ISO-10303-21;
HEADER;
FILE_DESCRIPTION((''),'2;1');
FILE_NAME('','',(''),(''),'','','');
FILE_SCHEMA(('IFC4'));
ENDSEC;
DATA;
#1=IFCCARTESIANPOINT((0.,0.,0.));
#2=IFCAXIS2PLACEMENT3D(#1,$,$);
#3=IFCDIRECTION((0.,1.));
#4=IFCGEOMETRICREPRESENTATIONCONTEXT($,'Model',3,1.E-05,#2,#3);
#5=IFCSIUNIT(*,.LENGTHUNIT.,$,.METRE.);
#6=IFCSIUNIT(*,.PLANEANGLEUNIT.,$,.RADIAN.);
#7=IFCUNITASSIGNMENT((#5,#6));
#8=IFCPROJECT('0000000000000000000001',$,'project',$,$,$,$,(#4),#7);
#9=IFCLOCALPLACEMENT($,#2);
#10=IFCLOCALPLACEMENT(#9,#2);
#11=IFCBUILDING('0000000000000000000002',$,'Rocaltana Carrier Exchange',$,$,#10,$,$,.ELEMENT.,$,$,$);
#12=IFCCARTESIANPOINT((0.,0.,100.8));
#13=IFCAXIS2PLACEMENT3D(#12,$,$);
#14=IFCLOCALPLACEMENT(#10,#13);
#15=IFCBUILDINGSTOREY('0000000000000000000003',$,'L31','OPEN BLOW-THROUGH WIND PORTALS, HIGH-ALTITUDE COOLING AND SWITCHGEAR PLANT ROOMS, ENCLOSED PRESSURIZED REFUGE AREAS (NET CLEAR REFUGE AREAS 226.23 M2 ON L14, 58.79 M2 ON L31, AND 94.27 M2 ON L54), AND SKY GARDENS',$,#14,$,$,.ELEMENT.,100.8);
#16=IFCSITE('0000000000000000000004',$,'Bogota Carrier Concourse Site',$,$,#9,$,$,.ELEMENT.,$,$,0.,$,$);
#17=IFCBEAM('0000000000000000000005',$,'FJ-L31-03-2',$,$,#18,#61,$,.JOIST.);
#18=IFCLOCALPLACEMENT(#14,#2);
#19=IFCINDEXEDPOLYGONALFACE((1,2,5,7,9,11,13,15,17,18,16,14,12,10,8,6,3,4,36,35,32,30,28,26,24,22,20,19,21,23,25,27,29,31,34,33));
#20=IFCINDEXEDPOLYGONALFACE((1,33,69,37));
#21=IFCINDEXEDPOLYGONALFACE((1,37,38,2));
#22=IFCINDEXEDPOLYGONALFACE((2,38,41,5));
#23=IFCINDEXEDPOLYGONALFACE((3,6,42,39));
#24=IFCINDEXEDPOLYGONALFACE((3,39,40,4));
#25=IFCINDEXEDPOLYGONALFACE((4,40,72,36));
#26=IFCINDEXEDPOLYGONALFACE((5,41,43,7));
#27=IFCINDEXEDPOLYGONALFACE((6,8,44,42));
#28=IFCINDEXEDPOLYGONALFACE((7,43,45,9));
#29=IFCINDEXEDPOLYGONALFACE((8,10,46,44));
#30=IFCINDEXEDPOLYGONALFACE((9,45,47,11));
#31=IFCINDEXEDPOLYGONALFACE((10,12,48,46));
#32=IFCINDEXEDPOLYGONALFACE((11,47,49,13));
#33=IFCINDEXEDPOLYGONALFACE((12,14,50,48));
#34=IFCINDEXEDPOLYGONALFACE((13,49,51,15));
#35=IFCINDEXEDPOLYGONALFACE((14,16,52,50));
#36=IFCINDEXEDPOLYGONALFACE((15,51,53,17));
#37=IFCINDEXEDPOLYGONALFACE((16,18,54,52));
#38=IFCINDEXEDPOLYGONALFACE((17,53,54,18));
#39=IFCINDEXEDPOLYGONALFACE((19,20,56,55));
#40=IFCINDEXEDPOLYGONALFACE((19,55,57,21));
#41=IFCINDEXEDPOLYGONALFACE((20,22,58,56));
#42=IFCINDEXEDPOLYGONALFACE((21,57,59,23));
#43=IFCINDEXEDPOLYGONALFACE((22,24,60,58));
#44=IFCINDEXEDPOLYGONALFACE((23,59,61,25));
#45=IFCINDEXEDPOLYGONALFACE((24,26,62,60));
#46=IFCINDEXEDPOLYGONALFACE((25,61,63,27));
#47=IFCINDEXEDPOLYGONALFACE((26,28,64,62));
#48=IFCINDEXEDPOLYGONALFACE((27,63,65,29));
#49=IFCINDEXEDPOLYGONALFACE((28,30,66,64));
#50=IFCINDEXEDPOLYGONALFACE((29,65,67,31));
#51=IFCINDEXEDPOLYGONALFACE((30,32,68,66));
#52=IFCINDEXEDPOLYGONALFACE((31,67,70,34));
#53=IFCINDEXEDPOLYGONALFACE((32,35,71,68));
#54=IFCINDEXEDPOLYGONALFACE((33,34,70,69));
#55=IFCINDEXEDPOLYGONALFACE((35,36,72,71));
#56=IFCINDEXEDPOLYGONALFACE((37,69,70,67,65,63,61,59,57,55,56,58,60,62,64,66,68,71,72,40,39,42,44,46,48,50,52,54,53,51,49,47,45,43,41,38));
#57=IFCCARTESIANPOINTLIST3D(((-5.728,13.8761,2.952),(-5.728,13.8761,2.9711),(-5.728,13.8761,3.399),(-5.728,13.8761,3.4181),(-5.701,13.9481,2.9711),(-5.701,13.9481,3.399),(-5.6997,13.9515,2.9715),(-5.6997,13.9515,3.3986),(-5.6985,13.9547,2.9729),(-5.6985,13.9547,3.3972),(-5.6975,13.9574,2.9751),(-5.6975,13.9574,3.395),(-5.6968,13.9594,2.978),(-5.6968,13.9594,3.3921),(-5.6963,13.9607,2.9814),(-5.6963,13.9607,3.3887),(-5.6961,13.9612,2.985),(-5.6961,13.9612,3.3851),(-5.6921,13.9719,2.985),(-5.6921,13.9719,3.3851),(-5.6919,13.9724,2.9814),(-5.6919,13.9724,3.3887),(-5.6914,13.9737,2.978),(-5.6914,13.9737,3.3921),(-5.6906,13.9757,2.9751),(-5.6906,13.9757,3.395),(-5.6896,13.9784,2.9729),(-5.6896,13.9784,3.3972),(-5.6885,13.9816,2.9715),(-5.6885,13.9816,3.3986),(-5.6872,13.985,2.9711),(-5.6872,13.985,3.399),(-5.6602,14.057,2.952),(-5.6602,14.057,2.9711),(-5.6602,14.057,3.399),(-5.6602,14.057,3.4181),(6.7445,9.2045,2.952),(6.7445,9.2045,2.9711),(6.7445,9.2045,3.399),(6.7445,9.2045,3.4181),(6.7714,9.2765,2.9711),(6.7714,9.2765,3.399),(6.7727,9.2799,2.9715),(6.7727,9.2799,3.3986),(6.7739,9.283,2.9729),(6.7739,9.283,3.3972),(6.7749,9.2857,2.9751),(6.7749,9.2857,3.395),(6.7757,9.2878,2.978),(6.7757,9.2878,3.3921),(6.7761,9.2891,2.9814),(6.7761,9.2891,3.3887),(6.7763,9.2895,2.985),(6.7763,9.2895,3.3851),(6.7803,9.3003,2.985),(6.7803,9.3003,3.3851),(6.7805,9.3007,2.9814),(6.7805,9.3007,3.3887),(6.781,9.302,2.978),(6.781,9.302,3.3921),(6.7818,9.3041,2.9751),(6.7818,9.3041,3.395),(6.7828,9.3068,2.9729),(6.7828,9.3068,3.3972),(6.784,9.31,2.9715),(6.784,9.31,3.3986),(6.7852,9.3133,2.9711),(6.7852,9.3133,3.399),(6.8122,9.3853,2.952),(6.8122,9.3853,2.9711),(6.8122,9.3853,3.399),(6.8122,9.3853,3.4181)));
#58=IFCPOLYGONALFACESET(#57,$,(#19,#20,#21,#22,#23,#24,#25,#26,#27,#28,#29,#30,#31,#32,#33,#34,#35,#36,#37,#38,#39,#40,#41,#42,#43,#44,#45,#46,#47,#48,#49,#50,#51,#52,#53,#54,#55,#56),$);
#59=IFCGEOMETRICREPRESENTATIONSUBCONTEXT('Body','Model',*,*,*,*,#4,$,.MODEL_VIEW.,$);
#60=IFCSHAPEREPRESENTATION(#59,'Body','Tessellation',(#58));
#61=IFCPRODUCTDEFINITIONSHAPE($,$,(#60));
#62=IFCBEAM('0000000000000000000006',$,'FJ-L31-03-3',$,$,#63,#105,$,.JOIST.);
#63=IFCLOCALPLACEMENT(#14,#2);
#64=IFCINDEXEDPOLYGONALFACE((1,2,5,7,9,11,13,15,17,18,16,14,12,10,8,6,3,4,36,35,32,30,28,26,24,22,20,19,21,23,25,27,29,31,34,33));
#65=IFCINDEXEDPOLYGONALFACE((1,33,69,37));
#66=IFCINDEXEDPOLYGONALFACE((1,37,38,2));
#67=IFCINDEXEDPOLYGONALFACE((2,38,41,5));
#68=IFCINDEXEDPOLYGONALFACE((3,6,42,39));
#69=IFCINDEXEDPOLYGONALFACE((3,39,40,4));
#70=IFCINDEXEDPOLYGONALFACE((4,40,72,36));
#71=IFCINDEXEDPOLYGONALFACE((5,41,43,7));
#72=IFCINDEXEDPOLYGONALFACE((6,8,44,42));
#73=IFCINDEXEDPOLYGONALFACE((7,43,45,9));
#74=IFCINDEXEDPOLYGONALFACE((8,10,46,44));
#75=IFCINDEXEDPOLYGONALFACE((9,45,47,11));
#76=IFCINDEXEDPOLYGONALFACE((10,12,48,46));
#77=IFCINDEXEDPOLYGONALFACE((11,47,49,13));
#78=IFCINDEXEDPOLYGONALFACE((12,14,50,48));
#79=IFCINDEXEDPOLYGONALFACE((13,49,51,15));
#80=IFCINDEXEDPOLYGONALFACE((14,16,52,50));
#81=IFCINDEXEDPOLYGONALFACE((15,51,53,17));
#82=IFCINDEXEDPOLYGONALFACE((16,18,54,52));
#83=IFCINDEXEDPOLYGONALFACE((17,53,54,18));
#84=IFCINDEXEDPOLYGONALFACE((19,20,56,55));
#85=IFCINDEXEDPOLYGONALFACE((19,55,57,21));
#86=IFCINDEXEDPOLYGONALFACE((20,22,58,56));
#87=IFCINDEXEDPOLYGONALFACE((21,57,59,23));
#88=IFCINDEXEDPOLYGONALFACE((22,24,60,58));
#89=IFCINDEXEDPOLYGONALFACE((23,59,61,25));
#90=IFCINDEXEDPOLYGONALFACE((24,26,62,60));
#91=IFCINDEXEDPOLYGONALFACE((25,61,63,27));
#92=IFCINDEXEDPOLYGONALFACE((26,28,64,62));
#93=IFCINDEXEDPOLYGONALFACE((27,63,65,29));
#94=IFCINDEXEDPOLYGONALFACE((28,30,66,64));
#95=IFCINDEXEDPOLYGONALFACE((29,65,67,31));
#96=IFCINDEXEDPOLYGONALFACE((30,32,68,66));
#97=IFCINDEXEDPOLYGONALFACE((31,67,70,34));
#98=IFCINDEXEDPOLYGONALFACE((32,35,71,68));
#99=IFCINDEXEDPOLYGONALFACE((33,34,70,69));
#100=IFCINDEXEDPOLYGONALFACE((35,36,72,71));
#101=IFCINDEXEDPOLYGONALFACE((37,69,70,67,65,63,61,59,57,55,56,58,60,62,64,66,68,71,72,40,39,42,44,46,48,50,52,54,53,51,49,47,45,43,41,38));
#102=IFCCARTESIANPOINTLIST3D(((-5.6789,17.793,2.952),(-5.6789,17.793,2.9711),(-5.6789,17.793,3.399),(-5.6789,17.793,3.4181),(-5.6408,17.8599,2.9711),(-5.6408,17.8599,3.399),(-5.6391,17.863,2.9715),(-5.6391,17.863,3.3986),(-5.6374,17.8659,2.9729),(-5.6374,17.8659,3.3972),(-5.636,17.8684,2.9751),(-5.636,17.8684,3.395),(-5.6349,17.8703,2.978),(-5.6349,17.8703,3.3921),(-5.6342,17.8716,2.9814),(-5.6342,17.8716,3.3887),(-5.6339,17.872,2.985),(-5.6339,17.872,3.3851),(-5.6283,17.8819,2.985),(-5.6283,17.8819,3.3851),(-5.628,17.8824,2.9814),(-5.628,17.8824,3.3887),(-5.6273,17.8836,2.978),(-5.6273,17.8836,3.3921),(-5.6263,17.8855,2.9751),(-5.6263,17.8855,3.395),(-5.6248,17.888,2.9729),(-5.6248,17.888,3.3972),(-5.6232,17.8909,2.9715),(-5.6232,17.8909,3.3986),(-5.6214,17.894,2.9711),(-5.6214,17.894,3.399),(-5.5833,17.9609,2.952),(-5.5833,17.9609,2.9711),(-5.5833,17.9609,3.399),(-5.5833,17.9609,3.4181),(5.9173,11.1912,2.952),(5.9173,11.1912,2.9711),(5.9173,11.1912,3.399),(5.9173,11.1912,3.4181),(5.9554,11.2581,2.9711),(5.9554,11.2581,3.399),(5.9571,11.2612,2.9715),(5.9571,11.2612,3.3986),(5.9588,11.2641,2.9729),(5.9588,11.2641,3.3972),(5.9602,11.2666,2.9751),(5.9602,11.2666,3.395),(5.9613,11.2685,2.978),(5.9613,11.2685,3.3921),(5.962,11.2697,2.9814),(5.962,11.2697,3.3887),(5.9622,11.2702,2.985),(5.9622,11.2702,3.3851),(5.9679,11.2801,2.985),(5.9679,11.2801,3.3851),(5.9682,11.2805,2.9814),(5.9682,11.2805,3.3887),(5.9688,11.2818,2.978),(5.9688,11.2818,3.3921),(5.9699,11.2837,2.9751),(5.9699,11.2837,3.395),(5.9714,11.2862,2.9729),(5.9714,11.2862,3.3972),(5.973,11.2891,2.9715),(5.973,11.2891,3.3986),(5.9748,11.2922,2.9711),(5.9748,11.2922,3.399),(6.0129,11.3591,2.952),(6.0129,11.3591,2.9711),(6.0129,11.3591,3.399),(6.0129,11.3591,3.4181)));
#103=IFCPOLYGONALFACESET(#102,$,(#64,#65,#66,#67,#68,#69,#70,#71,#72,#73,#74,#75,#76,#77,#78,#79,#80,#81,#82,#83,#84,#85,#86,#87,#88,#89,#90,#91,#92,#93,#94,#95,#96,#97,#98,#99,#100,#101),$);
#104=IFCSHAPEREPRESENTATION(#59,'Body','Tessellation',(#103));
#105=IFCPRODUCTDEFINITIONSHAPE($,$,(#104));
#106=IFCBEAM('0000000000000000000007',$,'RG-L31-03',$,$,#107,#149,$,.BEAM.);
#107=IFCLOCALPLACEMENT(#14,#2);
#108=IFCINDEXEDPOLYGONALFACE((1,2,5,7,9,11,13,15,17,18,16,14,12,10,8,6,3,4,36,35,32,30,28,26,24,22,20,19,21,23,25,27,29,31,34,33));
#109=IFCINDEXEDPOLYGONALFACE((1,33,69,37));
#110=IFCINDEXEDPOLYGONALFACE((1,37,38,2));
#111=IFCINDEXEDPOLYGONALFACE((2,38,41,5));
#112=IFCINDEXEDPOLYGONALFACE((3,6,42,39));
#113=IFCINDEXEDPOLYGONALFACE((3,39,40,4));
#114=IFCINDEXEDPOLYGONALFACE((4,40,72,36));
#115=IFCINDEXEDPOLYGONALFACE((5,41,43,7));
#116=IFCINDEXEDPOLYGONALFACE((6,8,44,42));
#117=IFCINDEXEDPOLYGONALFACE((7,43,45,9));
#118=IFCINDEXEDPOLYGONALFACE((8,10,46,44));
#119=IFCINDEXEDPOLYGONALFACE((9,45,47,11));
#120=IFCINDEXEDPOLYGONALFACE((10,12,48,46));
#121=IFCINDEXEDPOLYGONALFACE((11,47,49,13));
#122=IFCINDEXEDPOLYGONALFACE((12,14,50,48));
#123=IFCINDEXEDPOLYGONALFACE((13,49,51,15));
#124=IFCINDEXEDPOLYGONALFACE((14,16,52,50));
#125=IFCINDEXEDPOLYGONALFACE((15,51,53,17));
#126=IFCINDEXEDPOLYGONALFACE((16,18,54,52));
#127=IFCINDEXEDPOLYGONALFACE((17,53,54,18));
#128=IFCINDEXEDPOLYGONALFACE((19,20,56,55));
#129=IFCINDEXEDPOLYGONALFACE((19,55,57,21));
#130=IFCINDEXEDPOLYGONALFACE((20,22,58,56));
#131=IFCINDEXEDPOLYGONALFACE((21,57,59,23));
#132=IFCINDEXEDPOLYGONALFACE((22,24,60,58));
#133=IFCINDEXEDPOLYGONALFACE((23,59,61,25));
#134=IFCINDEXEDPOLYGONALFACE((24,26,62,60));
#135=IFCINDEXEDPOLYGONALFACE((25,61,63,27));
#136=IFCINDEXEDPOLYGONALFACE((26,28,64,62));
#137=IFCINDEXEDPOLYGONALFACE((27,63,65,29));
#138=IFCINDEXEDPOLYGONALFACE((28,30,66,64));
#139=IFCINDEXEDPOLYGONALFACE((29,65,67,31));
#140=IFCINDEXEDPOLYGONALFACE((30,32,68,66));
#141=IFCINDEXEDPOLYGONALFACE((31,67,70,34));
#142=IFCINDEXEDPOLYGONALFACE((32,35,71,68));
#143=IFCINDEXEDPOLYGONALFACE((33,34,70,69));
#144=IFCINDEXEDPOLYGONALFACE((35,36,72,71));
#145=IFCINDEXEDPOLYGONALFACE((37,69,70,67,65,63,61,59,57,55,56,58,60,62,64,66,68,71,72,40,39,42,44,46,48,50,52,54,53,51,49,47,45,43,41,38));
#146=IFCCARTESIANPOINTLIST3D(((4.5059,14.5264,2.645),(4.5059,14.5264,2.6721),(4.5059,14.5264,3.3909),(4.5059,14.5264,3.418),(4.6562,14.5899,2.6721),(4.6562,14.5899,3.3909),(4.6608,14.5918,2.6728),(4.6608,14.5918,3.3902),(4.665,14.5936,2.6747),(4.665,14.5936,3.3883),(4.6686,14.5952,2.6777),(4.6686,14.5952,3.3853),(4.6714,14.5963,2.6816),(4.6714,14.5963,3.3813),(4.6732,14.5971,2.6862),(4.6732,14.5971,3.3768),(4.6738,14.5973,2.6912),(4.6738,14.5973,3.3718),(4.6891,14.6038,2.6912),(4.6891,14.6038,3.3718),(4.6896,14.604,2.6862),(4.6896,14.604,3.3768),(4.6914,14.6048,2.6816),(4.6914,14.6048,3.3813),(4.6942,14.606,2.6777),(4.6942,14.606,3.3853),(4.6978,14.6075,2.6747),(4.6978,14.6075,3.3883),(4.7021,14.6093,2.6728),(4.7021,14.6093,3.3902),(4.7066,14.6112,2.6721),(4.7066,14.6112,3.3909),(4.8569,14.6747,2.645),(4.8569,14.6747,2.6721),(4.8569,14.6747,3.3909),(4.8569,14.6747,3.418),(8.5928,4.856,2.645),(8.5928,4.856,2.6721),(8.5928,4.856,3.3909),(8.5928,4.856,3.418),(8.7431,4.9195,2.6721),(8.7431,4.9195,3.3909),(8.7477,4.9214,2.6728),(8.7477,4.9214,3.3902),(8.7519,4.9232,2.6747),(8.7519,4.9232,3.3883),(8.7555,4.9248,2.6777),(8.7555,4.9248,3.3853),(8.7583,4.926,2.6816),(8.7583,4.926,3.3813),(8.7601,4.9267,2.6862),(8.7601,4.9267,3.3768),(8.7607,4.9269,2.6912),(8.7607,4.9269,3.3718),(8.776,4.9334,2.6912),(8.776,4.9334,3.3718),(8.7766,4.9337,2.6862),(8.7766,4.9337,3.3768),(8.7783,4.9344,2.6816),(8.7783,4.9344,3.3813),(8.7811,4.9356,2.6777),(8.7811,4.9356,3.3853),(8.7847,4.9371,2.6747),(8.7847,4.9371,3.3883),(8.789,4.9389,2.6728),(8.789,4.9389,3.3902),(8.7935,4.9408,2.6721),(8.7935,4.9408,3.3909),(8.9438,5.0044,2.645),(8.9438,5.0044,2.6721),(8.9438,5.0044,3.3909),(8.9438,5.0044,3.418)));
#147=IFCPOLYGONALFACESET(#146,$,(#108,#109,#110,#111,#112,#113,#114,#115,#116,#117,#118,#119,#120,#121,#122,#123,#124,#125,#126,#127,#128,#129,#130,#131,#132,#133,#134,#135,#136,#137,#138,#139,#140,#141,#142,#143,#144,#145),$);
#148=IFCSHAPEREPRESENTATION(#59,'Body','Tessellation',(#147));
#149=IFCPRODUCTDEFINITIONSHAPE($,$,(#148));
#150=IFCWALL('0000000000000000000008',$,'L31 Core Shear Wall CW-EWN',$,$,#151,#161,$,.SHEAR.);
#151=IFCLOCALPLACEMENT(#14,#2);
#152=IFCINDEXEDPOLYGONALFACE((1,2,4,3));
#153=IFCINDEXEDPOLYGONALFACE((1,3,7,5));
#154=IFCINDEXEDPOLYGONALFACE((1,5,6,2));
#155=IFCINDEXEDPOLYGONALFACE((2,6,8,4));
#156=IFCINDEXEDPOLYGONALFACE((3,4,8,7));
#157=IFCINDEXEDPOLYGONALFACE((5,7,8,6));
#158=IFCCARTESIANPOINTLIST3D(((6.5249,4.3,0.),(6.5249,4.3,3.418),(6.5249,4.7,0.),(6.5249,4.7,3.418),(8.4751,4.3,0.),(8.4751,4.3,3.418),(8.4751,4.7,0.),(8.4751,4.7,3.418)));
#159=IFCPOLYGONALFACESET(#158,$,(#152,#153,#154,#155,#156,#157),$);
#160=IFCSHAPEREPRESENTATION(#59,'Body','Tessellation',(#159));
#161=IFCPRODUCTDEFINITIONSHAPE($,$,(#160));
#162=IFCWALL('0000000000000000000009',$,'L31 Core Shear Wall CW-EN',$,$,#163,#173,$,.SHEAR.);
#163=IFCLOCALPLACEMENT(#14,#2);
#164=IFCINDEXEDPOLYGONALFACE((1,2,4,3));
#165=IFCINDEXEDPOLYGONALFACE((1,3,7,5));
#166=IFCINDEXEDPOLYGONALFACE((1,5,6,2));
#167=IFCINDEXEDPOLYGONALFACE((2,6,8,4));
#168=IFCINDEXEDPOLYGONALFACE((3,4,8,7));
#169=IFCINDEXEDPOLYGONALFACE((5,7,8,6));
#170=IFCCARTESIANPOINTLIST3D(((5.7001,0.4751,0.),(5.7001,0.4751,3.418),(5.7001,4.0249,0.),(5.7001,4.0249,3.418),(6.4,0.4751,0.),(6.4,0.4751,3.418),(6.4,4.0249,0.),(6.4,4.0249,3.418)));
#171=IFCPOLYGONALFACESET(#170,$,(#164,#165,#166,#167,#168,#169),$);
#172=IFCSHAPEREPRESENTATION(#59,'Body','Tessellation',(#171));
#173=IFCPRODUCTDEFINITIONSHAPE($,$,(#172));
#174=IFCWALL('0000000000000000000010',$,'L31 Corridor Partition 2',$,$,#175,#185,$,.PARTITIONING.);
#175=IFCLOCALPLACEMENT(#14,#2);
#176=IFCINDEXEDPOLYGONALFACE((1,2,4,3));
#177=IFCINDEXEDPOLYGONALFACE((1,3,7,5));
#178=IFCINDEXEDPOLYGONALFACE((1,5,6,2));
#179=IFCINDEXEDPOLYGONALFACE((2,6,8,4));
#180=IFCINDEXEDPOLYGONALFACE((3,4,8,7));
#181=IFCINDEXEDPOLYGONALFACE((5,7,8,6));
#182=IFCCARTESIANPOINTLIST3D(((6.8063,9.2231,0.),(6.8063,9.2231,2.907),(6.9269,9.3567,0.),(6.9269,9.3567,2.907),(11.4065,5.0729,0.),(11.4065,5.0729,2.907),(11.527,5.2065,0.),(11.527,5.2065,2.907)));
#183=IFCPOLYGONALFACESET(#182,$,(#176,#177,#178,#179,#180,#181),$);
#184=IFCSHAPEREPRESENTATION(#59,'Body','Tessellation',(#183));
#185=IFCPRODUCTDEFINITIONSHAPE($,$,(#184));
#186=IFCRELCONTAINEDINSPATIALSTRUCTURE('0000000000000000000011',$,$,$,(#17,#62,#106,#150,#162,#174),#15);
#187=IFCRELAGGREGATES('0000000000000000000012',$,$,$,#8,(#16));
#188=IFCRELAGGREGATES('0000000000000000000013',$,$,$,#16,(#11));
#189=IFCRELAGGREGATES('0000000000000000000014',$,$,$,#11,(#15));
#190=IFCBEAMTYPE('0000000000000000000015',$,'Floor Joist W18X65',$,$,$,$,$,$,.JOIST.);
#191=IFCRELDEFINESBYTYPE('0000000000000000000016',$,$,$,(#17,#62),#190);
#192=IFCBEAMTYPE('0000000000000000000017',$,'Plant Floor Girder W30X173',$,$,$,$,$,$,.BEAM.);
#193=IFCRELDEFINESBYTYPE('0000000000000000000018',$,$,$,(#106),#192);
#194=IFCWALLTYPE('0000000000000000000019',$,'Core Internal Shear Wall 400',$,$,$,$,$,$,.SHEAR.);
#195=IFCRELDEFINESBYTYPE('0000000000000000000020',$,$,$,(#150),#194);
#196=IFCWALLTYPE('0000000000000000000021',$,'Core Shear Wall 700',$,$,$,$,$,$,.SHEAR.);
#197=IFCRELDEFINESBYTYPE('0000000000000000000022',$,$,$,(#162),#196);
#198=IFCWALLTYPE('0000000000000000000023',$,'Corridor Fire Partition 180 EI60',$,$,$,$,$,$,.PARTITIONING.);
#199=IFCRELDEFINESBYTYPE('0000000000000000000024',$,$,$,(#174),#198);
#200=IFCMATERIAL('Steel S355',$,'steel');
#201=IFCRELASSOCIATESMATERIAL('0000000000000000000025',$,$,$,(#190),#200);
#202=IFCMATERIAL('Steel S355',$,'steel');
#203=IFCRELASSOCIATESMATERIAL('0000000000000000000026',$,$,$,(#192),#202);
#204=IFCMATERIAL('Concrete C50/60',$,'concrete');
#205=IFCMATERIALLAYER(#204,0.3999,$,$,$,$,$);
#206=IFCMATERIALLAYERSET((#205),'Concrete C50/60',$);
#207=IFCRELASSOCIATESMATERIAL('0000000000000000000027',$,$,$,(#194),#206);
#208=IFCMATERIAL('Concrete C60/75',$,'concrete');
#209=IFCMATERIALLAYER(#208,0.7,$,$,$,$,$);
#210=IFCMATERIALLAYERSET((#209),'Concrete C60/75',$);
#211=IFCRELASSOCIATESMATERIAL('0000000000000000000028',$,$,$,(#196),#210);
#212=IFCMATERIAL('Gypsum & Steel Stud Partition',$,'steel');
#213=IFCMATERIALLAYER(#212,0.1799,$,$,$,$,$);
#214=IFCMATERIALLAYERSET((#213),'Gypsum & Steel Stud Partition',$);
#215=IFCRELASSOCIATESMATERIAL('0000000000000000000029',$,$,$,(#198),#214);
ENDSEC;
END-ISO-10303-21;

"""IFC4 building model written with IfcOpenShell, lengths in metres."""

from ifc_helpers import new_model, si_unit, direction, frame, frame_2d, origin, origin_2d, place, context, subcontext, project, spatial, rectangle, i_section, extrude, material, layer, layer_set, material_profile, profile_set, type_object, element, save


model = new_model("IFC4")

# Units and contexts
model_context = context("Model", 3, precision=1e-05, world=origin(), true_north=direction((0.0, 1.0)))
body_context = subcontext(model_context, "Body", "Model", "MODEL_VIEW")
ifc_project = project(units=[si_unit("LENGTHUNIT", "METRE"), si_unit("PLANEANGLEUNIT", "RADIAN")], contexts=[model_context])

# Site, building, storey
site_placement = place(None, origin())
site = spatial("IfcSite", under=ifc_project, at=site_placement, Name="Bogota Carrier Concourse Site", CompositionType="ELEMENT", RefElevation=0.0)
building_placement = place(site_placement, origin())
building = spatial("IfcBuilding", under=site, at=building_placement, Name="Rocaltana Carrier Exchange", CompositionType="ELEMENT")
storey_placement = place(building_placement, frame((0.0, 0.0, 100.8)))
storey = spatial("IfcBuildingStorey", under=building, at=storey_placement, Name="L31", Description="OPEN BLOW-THROUGH WIND PORTALS, HIGH-ALTITUDE COOLING AND SWITCHGEAR PLANT ROOMS, ENCLOSED PRESSURIZED REFUGE AREAS (NET CLEAR REFUGE AREAS 226.23 M2 ON L14, 58.79 M2 ON L31, AND 94.27 M2 ON L54), AND SKY GARDENS", CompositionType="ELEMENT", Elevation=100.8)

# Beams
ifc_material_1 = material(Name="Steel S355", Category="steel")
ifc_material_profile_1 = material_profile(ifc_material_1, i_section(OverallWidth=0.1931, OverallDepth=0.4661, WebThickness=0.0115, FlangeThickness=0.019, FilletRadius=0.0139, at=origin_2d()), Name="W18X65")
ifc_profile_set_1 = profile_set([ifc_material_profile_1], Name="Steel S355")
beam_type_1 = type_object("IfcBeamType", Name="Floor Joist W18X65", PredefinedType="JOIST", material=ifc_profile_set_1)
beam_1_placement = place(storey_placement, frame((6.7783, 9.2949, 3.1851), z_axis=(-0.936465, 0.35076, 0.0), x_axis=(-0.35076, -0.936465, 0.0)))
element("IfcBeam", 1, at=beam_1_placement, inside=storey, type_object=beam_type_1, Name="FJ-L31-03-2", PredefinedType="JOIST", context=body_context, shape_type="SweptSolid", body=[
    extrude(i_section(OverallWidth=0.1931, OverallDepth=0.4661, WebThickness=0.0115, FlangeThickness=0.019, FilletRadius=0.0139, at=origin_2d()), origin(), (0.0, 0.0, 1.0), 13.3186),
])
beam_2_placement = place(storey_placement, frame((5.9651, 11.2751, 3.1851), z_axis=(-0.869036, 0.494749, 0.0), x_axis=(-0.494749, -0.869036, 0.0)))
element("IfcBeam", 2, at=beam_2_placement, inside=storey, type_object=beam_type_1, Name="FJ-L31-03-3", PredefinedType="JOIST", context=body_context, shape_type="SweptSolid", body=[
    extrude(i_section(OverallWidth=0.1931, OverallDepth=0.4661, WebThickness=0.0115, FlangeThickness=0.019, FilletRadius=0.0139, at=origin_2d()), origin(), (0.0, 0.0, 1.0), 13.3438),
])
ifc_material_2 = material(Name="Steel S355", Category="steel")
ifc_material_profile_2 = material_profile(ifc_material_2, i_section(OverallWidth=0.3811, OverallDepth=0.7729, WebThickness=0.0166, FlangeThickness=0.0271, FilletRadius=0.019, at=origin_2d()), Name="W30X173")
ifc_profile_set_2 = profile_set([ifc_material_profile_2], Name="Steel S355")
beam_type_2 = type_object("IfcBeamType", Name="Plant Floor Girder W30X173", PredefinedType="BEAM", material=ifc_profile_set_2)
beam_3_placement = place(storey_placement, frame((8.7683, 4.9302, 3.0315), z_axis=(-0.389283, 0.921118, 0.0), x_axis=(-0.921118, -0.389283, 0.0)))
element("IfcBeam", 3, at=beam_3_placement, inside=storey, type_object=beam_type_2, Name="RG-L31-03", PredefinedType="BEAM", context=body_context, shape_type="SweptSolid", body=[
    extrude(i_section(OverallWidth=0.3811, OverallDepth=0.7729, WebThickness=0.0166, FlangeThickness=0.0271, FilletRadius=0.019, at=origin_2d()), origin(), (0.0, 0.0, 1.0), 10.4985),
])

# Walls
ifc_material_3 = material(Name="Concrete C50/60", Category="concrete")
ifc_layer_1 = layer(ifc_material_3, 0.3999)
ifc_layer_set_1 = layer_set([ifc_layer_1], Name="Concrete C50/60")
wall_type_1 = type_object("IfcWallType", Name="Core Internal Shear Wall 400", PredefinedType="SHEAR", material=ifc_layer_set_1)
wall_1_placement = place(storey_placement, frame((6.5249, 4.5, 0.0), z_axis=(0.0, 0.0, 1.0), x_axis=(1.0, 0.0, 0.0)))
element("IfcWall", 4, at=wall_1_placement, inside=storey, type_object=wall_type_1, Name="L31 Core Shear Wall CW-EWN", PredefinedType="SHEAR", context=body_context, shape_type="SweptSolid", body=[
    extrude(rectangle(XDim=1.9502, YDim=0.3999, at=frame_2d((0.9751, 0.0))), origin(), (0.0, 0.0, 1.0), 3.418),
])
ifc_material_4 = material(Name="Concrete C60/75", Category="concrete")
ifc_layer_2 = layer(ifc_material_4, 0.7)
ifc_layer_set_2 = layer_set([ifc_layer_2], Name="Concrete C60/75")
wall_type_2 = type_object("IfcWallType", Name="Core Shear Wall 700", PredefinedType="SHEAR", material=ifc_layer_set_2)
wall_2_placement = place(storey_placement, frame((6.05, 0.4751, 0.0), z_axis=(0.0, 0.0, 1.0), x_axis=(0.0, 1.0, 0.0)))
element("IfcWall", 5, at=wall_2_placement, inside=storey, type_object=wall_type_2, Name="L31 Core Shear Wall CW-EN", PredefinedType="SHEAR", context=body_context, shape_type="SweptSolid", body=[
    extrude(rectangle(XDim=3.5498, YDim=0.7, at=frame_2d((1.7749, 0.0))), origin(), (0.0, 0.0, 1.0), 3.418),
])
ifc_material_5 = material(Name="Gypsum & Steel Stud Partition", Category="steel")
ifc_layer_3 = layer(ifc_material_5, 0.1799)
ifc_layer_set_3 = layer_set([ifc_layer_3], Name="Gypsum & Steel Stud Partition")
wall_type_3 = type_object("IfcWallType", Name="Corridor Fire Partition 180 EI60", PredefinedType="PARTITIONING", material=ifc_layer_set_3)
wall_3_placement = place(storey_placement, frame((6.8667, 9.2898, 0.0), z_axis=(0.0, 0.0, 1.0), x_axis=(0.742486, -0.669861, 0.0)))
element("IfcWall", 6, at=wall_3_placement, inside=storey, type_object=wall_type_3, Name="L31 Corridor Partition 2", PredefinedType="PARTITIONING", context=body_context, shape_type="SweptSolid", body=[
    extrude(rectangle(XDim=6.1956, YDim=0.1799, at=frame_2d((3.0977, 0.0))), origin(), (0.0, 0.0, 1.0), 2.907),
])

save(model, "model.ifc")
